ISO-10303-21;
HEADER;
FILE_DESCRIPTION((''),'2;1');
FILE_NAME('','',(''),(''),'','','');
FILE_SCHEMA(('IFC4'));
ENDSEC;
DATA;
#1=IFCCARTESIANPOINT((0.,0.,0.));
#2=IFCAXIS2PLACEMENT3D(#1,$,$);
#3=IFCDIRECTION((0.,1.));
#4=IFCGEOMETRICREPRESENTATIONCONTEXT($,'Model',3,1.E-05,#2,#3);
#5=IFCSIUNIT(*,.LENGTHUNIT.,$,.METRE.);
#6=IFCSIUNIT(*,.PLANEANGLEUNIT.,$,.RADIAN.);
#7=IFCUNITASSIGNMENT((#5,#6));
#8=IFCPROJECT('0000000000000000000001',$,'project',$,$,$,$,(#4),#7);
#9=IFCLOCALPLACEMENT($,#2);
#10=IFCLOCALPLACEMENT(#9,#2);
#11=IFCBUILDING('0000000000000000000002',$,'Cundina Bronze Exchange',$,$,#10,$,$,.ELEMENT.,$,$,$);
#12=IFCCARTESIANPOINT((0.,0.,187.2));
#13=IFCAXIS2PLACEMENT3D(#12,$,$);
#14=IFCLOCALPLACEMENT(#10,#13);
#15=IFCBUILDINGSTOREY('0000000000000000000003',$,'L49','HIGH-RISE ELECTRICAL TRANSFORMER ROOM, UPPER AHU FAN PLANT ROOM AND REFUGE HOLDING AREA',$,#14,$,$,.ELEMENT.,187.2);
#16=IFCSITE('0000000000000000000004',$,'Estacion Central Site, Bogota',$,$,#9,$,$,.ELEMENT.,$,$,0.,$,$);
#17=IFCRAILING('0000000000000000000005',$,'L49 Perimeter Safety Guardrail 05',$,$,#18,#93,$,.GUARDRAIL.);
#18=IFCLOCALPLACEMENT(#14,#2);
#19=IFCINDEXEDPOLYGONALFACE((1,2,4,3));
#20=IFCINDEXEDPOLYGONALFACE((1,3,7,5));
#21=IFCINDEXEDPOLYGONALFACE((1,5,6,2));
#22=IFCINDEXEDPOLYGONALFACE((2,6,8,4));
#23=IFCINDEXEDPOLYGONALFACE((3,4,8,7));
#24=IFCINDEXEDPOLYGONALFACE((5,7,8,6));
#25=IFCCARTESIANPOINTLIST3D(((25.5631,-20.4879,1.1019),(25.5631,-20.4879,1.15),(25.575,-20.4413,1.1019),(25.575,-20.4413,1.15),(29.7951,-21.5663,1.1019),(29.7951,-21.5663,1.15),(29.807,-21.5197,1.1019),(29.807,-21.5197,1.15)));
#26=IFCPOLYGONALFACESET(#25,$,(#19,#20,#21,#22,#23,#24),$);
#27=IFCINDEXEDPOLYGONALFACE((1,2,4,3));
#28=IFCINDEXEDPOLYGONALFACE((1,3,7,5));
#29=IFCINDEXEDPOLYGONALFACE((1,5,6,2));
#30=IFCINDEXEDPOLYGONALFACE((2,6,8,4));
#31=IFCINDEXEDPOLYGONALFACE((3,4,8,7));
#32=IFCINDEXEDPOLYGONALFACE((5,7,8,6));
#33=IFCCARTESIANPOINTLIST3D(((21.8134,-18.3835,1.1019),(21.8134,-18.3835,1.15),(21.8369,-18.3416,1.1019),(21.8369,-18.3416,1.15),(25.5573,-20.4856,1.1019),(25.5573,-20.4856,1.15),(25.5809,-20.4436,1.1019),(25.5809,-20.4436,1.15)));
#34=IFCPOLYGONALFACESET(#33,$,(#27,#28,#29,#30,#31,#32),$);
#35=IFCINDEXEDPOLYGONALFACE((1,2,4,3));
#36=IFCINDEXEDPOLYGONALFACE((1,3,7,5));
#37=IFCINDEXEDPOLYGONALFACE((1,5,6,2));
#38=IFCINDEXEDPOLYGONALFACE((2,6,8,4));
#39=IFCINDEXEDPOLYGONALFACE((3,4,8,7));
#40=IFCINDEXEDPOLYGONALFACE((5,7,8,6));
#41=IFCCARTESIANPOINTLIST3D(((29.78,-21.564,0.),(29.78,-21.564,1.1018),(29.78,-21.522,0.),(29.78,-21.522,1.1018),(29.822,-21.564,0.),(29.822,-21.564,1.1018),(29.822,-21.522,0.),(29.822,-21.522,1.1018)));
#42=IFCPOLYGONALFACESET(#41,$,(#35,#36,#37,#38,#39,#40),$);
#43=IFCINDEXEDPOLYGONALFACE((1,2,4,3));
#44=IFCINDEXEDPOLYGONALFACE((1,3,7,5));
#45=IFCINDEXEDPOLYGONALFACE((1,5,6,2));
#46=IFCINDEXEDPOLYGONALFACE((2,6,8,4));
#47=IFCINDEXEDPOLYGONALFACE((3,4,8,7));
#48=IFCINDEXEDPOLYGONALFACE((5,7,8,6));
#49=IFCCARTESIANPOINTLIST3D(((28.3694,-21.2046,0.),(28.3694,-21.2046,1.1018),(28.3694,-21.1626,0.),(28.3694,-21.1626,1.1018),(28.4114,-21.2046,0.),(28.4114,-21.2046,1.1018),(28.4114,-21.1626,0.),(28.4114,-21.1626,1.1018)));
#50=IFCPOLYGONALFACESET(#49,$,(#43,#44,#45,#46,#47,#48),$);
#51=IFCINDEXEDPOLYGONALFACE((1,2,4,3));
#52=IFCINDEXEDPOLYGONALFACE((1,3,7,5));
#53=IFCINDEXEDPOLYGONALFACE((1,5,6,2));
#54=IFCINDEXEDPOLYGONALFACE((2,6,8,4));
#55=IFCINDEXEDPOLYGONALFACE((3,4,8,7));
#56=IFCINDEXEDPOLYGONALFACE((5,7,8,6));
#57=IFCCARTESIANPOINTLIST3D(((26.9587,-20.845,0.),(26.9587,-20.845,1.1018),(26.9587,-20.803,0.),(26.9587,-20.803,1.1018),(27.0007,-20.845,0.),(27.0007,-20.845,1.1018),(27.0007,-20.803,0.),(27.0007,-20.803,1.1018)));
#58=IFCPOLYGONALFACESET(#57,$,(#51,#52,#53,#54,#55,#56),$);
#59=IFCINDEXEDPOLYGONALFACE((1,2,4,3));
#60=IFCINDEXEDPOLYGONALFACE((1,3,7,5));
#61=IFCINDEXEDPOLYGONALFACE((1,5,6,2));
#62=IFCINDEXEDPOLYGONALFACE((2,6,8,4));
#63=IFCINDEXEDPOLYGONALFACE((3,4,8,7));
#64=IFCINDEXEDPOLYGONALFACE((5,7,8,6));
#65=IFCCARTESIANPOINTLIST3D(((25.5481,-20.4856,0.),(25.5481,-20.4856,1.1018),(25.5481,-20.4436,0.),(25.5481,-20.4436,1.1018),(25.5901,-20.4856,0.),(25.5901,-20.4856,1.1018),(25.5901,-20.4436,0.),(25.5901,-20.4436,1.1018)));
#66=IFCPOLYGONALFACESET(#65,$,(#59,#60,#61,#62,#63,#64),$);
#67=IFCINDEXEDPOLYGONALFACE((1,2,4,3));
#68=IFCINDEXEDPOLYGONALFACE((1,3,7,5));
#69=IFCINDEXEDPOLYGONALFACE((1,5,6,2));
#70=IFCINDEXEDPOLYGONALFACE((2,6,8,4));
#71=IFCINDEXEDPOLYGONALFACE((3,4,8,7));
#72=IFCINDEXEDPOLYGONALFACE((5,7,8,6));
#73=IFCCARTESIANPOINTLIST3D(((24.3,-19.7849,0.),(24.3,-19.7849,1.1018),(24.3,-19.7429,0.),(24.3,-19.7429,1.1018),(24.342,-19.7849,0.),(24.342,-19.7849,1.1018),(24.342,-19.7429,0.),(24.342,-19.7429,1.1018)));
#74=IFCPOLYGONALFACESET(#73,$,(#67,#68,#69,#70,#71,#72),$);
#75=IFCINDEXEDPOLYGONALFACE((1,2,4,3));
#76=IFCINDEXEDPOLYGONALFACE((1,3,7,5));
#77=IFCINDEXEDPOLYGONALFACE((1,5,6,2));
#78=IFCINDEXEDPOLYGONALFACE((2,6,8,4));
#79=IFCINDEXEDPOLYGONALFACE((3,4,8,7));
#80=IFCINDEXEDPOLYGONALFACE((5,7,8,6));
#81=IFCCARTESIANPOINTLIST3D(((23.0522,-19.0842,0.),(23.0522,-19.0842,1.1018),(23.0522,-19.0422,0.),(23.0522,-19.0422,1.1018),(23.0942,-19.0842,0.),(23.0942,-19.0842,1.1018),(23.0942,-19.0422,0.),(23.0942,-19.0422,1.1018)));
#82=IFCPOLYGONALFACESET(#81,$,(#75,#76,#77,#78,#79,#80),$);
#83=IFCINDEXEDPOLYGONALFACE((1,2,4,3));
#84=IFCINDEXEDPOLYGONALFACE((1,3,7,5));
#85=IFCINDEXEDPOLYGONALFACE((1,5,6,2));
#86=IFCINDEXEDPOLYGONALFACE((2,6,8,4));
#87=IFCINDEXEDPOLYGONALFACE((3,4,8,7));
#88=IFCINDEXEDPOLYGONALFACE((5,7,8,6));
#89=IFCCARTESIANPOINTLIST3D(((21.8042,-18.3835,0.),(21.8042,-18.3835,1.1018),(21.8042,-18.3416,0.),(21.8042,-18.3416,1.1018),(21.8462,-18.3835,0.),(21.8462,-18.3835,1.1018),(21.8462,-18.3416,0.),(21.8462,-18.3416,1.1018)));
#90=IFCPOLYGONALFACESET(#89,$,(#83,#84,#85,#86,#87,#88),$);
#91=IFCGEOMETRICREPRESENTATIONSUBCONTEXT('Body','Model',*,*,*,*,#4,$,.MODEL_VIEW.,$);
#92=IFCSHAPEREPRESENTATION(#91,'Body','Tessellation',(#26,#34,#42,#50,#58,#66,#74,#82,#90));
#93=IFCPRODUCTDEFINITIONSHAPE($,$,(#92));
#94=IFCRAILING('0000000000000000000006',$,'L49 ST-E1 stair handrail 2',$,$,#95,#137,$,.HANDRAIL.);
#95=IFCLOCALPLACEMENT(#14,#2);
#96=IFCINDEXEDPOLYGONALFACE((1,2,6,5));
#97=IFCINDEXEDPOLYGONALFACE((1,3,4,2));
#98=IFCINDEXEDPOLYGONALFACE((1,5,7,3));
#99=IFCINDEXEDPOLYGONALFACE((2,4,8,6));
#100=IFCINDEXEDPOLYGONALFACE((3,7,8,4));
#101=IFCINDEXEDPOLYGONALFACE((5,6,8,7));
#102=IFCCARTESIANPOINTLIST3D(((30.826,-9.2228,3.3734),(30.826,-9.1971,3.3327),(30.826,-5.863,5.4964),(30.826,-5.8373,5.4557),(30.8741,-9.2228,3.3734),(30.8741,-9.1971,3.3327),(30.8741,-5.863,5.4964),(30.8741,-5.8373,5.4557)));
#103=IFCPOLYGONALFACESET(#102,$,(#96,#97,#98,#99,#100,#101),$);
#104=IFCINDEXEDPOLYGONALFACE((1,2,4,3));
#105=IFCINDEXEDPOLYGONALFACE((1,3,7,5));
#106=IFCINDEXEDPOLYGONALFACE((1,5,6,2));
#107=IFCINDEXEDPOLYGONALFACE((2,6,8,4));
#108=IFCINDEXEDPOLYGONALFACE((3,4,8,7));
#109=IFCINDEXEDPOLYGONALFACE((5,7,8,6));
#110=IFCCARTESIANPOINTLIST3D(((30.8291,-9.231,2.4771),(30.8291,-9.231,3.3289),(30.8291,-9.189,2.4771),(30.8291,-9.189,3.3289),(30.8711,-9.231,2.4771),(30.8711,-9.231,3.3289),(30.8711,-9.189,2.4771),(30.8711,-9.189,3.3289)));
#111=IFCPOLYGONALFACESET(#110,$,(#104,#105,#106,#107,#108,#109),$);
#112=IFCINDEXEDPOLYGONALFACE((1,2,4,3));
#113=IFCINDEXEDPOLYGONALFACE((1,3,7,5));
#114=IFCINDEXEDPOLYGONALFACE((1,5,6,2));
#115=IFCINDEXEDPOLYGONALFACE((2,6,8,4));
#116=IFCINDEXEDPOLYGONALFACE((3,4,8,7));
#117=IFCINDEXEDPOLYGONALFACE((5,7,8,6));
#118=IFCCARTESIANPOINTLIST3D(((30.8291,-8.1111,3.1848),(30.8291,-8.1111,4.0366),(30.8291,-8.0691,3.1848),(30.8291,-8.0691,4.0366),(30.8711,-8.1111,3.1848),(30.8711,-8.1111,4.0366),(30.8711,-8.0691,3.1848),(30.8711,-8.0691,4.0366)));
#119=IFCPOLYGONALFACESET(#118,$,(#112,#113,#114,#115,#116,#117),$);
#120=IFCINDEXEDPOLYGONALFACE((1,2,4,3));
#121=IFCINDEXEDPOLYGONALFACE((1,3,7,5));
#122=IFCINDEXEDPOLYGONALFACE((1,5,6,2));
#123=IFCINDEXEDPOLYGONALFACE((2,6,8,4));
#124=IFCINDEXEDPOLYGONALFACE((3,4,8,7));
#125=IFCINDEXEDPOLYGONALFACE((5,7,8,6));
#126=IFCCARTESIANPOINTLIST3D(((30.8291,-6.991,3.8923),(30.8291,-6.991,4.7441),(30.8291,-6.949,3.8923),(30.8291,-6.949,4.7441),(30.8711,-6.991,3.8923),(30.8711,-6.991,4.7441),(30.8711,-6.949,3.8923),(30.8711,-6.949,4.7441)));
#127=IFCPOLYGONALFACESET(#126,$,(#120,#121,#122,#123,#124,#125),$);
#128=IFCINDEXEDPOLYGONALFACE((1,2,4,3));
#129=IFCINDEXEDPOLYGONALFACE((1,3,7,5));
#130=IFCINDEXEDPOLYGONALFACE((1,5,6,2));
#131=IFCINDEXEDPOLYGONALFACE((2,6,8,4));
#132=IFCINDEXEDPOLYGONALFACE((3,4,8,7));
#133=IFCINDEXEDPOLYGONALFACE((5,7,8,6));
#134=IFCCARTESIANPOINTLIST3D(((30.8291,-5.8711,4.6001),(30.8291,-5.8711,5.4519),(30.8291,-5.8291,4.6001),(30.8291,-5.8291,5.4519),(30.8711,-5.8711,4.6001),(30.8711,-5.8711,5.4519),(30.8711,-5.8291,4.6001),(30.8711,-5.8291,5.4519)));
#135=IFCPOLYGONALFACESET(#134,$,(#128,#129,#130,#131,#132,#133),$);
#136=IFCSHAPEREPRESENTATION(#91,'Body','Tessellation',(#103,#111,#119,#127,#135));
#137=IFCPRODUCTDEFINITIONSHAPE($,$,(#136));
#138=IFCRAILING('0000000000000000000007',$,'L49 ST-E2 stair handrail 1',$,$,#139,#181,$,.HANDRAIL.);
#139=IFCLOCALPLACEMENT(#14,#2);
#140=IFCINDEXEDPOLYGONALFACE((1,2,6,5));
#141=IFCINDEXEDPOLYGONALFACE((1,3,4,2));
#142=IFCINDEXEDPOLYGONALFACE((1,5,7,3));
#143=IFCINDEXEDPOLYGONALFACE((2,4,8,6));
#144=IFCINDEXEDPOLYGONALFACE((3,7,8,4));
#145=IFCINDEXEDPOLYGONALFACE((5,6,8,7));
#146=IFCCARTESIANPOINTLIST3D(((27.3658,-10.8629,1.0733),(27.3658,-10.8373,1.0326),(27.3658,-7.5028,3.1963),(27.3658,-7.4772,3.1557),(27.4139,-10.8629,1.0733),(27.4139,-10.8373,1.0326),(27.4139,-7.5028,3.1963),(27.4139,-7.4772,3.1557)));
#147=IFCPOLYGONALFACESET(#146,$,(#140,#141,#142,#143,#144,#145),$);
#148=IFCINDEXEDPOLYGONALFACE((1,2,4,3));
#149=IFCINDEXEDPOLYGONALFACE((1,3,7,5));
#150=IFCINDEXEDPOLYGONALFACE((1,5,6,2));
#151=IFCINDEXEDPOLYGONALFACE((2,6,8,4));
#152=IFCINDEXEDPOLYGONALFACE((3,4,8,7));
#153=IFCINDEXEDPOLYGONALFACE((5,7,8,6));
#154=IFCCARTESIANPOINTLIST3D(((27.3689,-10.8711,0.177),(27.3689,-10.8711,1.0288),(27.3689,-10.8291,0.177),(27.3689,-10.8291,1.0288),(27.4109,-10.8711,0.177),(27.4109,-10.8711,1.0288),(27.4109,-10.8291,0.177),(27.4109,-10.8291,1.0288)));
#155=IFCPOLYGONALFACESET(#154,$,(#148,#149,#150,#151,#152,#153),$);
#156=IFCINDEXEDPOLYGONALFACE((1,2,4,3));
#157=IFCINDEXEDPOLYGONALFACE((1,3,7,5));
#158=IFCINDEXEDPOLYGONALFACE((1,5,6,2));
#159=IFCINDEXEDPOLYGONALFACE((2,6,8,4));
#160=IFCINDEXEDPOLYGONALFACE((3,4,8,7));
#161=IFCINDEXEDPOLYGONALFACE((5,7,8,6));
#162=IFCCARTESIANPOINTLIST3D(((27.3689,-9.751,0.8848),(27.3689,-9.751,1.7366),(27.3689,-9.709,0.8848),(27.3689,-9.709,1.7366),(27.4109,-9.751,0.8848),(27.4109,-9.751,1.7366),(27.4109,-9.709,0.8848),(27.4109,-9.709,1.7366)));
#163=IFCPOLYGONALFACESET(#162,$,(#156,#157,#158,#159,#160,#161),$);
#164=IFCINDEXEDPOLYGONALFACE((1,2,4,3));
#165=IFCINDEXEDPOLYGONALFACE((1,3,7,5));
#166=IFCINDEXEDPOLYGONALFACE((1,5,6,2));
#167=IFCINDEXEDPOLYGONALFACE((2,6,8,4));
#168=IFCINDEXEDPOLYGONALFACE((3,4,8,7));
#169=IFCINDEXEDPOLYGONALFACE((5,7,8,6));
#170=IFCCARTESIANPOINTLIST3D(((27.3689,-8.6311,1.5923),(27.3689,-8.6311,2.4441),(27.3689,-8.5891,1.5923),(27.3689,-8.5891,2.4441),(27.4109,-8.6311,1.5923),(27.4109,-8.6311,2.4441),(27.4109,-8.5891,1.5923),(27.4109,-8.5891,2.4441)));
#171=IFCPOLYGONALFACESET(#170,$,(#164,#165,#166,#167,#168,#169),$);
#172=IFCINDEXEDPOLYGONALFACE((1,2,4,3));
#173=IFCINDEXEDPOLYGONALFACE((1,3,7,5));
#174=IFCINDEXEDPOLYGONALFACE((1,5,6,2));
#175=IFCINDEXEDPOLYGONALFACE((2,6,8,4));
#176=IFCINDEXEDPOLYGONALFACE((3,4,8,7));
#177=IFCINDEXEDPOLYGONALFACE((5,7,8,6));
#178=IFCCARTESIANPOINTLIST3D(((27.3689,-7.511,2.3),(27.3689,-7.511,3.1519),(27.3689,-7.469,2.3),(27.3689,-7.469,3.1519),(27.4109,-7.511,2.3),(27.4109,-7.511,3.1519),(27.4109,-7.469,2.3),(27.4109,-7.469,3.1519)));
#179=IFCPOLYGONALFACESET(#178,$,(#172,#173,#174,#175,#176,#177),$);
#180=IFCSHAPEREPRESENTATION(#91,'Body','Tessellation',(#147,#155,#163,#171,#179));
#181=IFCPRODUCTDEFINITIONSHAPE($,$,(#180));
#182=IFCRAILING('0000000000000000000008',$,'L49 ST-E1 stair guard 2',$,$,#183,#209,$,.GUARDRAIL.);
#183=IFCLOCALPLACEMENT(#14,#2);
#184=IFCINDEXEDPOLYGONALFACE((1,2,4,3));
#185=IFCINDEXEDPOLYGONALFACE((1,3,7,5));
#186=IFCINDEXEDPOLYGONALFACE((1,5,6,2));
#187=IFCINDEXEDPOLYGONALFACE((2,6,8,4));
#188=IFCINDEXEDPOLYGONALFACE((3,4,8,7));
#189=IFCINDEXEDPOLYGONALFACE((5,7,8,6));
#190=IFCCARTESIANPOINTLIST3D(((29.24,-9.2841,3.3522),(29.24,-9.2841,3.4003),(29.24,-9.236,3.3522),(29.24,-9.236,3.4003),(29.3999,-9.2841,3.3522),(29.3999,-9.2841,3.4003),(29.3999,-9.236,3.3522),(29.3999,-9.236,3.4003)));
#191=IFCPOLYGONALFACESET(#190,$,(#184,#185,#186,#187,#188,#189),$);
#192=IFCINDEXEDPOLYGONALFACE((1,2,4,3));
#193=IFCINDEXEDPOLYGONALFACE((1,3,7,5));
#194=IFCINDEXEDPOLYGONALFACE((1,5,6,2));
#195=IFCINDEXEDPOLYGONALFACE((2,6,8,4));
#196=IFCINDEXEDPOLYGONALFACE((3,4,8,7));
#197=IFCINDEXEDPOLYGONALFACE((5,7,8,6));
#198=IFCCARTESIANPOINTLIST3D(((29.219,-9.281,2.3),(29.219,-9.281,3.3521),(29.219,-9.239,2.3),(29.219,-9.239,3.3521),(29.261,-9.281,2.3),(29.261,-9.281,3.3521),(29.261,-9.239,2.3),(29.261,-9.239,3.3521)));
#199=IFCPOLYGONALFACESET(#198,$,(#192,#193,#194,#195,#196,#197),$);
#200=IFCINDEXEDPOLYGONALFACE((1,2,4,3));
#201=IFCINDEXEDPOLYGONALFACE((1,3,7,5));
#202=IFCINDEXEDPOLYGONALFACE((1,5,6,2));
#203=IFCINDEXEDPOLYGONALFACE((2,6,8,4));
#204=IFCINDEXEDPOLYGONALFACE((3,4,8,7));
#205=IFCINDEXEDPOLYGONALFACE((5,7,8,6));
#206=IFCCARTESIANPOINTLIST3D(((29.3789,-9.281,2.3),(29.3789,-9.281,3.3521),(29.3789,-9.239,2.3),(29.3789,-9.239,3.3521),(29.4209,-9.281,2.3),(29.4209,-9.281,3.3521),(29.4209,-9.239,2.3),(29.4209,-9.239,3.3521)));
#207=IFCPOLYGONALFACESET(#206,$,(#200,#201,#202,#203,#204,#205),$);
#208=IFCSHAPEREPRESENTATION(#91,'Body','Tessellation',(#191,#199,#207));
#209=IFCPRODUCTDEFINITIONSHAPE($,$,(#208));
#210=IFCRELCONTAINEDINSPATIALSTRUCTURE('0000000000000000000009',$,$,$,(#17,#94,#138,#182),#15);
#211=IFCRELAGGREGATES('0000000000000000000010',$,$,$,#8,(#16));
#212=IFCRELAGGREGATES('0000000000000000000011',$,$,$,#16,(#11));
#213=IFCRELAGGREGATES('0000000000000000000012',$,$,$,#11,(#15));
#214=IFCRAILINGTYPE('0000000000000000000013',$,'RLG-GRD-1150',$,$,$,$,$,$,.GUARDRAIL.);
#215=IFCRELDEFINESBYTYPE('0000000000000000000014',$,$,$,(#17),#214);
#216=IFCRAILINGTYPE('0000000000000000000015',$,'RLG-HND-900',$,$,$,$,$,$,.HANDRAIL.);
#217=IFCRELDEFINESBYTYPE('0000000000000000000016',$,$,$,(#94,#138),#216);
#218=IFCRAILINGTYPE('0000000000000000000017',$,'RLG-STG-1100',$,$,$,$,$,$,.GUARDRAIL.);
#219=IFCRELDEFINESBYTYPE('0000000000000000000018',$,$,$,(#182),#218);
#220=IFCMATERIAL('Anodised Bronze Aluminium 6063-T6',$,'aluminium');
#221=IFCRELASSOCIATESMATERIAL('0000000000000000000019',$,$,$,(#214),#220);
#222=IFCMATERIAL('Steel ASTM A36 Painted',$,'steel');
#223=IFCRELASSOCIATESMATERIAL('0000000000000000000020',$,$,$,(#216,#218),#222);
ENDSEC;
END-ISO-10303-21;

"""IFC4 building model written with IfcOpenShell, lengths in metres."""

from ifc_helpers import new_model, si_unit, direction, frame, origin, origin_2d, place, context, subcontext, project, spatial, rectangle, extrude, material, type_object, element, save


model = new_model("IFC4")

# Units and contexts
model_context = context("Model", 3, precision=1e-05, world=origin(), true_north=direction((0.0, 1.0)))
body_context = subcontext(model_context, "Body", "Model", "MODEL_VIEW")
ifc_project = project(units=[si_unit("LENGTHUNIT", "METRE"), si_unit("PLANEANGLEUNIT", "RADIAN")], contexts=[model_context])

# Site, building, storey
site_placement = place(None, origin())
site = spatial("IfcSite", under=ifc_project, at=site_placement, Name="Estacion Central Site, Bogota", CompositionType="ELEMENT", RefElevation=0.0)
building_placement = place(site_placement, origin())
building = spatial("IfcBuilding", under=site, at=building_placement, Name="Cundina Bronze Exchange", CompositionType="ELEMENT")
storey_placement = place(building_placement, frame((0.0, 0.0, 187.2)))
storey = spatial("IfcBuildingStorey", under=building, at=storey_placement, Name="L49", Description="HIGH-RISE ELECTRICAL TRANSFORMER ROOM, UPPER AHU FAN PLANT ROOM AND REFUGE HOLDING AREA", CompositionType="ELEMENT", Elevation=187.2)

# Shared definitions
ifc_material_1 = material(Name="Steel ASTM A36 Painted", Category="steel")

# Railings
ifc_material_2 = material(Name="Anodised Bronze Aluminium 6063-T6", Category="aluminium")
railing_type_1 = type_object("IfcRailingType", Name="RLG-GRD-1150", PredefinedType="GUARDRAIL", material=ifc_material_2)
railing_1_placement = place(storey_placement, frame((29.801, -21.543, 0.0)))
element("IfcRailing", 1, at=railing_1_placement, inside=storey, type_object=railing_type_1, Name="L49 Perimeter Safety Guardrail 05", PredefinedType="GUARDRAIL", context=body_context, shape_type="SweptSolid", body=[
    extrude(rectangle(XDim=0.0481, YDim=0.0481, at=origin_2d()), frame((0.0, 0.0, 1.126), z_axis=(-0.969034, 0.246927, 0.0), x_axis=(-0.246927, -0.969034, 0.0)), (0.0, 0.0, 1.0), 4.3672),
    extrude(rectangle(XDim=0.0481, YDim=0.0481, at=origin_2d()), frame((-4.2319, 1.0784, 1.126), z_axis=(-0.871962, 0.489573, 0.0), x_axis=(-0.489573, -0.871962, 0.0)), (0.0, 0.0, 1.0), 4.2937),
    extrude(rectangle(XDim=0.042, YDim=0.042, at=origin_2d()), origin(), (0.0, 0.0, 1.0), 1.1018),
    extrude(rectangle(XDim=0.042, YDim=0.042, at=origin_2d()), frame((-1.4106, 0.3594, 0.0)), (0.0, 0.0, 1.0), 1.1018),
    extrude(rectangle(XDim=0.042, YDim=0.042, at=origin_2d()), frame((-2.8213, 0.719, 0.0)), (0.0, 0.0, 1.0), 1.1018),
    extrude(rectangle(XDim=0.042, YDim=0.042, at=origin_2d()), frame((-4.2319, 1.0784, 0.0)), (0.0, 0.0, 1.0), 1.1018),
    extrude(rectangle(XDim=0.042, YDim=0.042, at=origin_2d()), frame((-5.48, 1.7791, 0.0)), (0.0, 0.0, 1.0), 1.1018),
    extrude(rectangle(XDim=0.042, YDim=0.042, at=origin_2d()), frame((-6.7278, 2.4797, 0.0)), (0.0, 0.0, 1.0), 1.1018),
    extrude(rectangle(XDim=0.042, YDim=0.042, at=origin_2d()), frame((-7.9758, 3.1804, 0.0)), (0.0, 0.0, 1.0), 1.1018),
])
railing_type_2 = type_object("IfcRailingType", Name="RLG-HND-900", PredefinedType="HANDRAIL", material=ifc_material_1)
railing_2_placement = place(storey_placement, frame((30.8501, -9.21, 2.4771)))
element("IfcRailing", 2, at=railing_2_placement, inside=storey, type_object=railing_type_2, Name="L49 ST-E1 stair handrail 2", PredefinedType="HANDRAIL", context=body_context, shape_type="SweptSolid", body=[
    extrude(rectangle(XDim=0.0481, YDim=0.0481, at=origin_2d()), frame((0.0, 0.0, 0.876), z_axis=(0.0, 0.845372, 0.534178), x_axis=(-1.0, 0.0, 0.0)), (0.0, 0.0, 1.0), 3.9744),
    extrude(rectangle(XDim=0.042, YDim=0.042, at=origin_2d()), origin(), (0.0, 0.0, 1.0), 0.8518),
    extrude(rectangle(XDim=0.042, YDim=0.042, at=origin_2d()), frame((0.0, 1.1199, 0.7078)), (0.0, 0.0, 1.0), 0.8518),
    extrude(rectangle(XDim=0.042, YDim=0.042, at=origin_2d()), frame((0.0, 2.24, 1.4153)), (0.0, 0.0, 1.0), 0.8518),
    extrude(rectangle(XDim=0.042, YDim=0.042, at=origin_2d()), frame((0.0, 3.3599, 2.123)), (0.0, 0.0, 1.0), 0.8518),
])
railing_3_placement = place(storey_placement, frame((27.3899, -10.8501, 0.177)))
element("IfcRailing", 3, at=railing_3_placement, inside=storey, type_object=railing_type_2, Name="L49 ST-E2 stair handrail 1", PredefinedType="HANDRAIL", context=body_context, shape_type="SweptSolid", body=[
    extrude(rectangle(XDim=0.0481, YDim=0.0481, at=origin_2d()), frame((0.0, 0.0, 0.876), z_axis=(0.0, 0.84539, 0.53415), x_axis=(-1.0, 0.0, 0.0)), (0.0, 0.0, 1.0), 3.9746),
    extrude(rectangle(XDim=0.042, YDim=0.042, at=origin_2d()), origin(), (0.0, 0.0, 1.0), 0.8518),
    extrude(rectangle(XDim=0.042, YDim=0.042, at=origin_2d()), frame((0.0, 1.1201, 0.7078)), (0.0, 0.0, 1.0), 0.8518),
    extrude(rectangle(XDim=0.042, YDim=0.042, at=origin_2d()), frame((0.0, 2.24, 1.4153)), (0.0, 0.0, 1.0), 0.8518),
    extrude(rectangle(XDim=0.042, YDim=0.042, at=origin_2d()), frame((0.0, 3.3601, 2.123)), (0.0, 0.0, 1.0), 0.8518),
])
railing_type_3 = type_object("IfcRailingType", Name="RLG-STG-1100", PredefinedType="GUARDRAIL", material=ifc_material_1)
railing_4_placement = place(storey_placement, frame((29.24, -9.26, 2.3)))
element("IfcRailing", 4, at=railing_4_placement, inside=storey, type_object=railing_type_3, Name="L49 ST-E1 stair guard 2", PredefinedType="GUARDRAIL", context=body_context, shape_type="SweptSolid", body=[
    extrude(rectangle(XDim=0.0481, YDim=0.0481, at=origin_2d()), frame((0.0, 0.0, 1.0762), z_axis=(1.0, 0.0, 0.0), x_axis=(0.0, 1.0, 0.0)), (0.0, 0.0, 1.0), 0.1599),
    extrude(rectangle(XDim=0.042, YDim=0.042, at=origin_2d()), origin(), (0.0, 0.0, 1.0), 1.052),
    extrude(rectangle(XDim=0.042, YDim=0.042, at=origin_2d()), frame((0.1599, 0.0, 0.0)), (0.0, 0.0, 1.0), 1.052),
])

save(model, "model.ifc")
